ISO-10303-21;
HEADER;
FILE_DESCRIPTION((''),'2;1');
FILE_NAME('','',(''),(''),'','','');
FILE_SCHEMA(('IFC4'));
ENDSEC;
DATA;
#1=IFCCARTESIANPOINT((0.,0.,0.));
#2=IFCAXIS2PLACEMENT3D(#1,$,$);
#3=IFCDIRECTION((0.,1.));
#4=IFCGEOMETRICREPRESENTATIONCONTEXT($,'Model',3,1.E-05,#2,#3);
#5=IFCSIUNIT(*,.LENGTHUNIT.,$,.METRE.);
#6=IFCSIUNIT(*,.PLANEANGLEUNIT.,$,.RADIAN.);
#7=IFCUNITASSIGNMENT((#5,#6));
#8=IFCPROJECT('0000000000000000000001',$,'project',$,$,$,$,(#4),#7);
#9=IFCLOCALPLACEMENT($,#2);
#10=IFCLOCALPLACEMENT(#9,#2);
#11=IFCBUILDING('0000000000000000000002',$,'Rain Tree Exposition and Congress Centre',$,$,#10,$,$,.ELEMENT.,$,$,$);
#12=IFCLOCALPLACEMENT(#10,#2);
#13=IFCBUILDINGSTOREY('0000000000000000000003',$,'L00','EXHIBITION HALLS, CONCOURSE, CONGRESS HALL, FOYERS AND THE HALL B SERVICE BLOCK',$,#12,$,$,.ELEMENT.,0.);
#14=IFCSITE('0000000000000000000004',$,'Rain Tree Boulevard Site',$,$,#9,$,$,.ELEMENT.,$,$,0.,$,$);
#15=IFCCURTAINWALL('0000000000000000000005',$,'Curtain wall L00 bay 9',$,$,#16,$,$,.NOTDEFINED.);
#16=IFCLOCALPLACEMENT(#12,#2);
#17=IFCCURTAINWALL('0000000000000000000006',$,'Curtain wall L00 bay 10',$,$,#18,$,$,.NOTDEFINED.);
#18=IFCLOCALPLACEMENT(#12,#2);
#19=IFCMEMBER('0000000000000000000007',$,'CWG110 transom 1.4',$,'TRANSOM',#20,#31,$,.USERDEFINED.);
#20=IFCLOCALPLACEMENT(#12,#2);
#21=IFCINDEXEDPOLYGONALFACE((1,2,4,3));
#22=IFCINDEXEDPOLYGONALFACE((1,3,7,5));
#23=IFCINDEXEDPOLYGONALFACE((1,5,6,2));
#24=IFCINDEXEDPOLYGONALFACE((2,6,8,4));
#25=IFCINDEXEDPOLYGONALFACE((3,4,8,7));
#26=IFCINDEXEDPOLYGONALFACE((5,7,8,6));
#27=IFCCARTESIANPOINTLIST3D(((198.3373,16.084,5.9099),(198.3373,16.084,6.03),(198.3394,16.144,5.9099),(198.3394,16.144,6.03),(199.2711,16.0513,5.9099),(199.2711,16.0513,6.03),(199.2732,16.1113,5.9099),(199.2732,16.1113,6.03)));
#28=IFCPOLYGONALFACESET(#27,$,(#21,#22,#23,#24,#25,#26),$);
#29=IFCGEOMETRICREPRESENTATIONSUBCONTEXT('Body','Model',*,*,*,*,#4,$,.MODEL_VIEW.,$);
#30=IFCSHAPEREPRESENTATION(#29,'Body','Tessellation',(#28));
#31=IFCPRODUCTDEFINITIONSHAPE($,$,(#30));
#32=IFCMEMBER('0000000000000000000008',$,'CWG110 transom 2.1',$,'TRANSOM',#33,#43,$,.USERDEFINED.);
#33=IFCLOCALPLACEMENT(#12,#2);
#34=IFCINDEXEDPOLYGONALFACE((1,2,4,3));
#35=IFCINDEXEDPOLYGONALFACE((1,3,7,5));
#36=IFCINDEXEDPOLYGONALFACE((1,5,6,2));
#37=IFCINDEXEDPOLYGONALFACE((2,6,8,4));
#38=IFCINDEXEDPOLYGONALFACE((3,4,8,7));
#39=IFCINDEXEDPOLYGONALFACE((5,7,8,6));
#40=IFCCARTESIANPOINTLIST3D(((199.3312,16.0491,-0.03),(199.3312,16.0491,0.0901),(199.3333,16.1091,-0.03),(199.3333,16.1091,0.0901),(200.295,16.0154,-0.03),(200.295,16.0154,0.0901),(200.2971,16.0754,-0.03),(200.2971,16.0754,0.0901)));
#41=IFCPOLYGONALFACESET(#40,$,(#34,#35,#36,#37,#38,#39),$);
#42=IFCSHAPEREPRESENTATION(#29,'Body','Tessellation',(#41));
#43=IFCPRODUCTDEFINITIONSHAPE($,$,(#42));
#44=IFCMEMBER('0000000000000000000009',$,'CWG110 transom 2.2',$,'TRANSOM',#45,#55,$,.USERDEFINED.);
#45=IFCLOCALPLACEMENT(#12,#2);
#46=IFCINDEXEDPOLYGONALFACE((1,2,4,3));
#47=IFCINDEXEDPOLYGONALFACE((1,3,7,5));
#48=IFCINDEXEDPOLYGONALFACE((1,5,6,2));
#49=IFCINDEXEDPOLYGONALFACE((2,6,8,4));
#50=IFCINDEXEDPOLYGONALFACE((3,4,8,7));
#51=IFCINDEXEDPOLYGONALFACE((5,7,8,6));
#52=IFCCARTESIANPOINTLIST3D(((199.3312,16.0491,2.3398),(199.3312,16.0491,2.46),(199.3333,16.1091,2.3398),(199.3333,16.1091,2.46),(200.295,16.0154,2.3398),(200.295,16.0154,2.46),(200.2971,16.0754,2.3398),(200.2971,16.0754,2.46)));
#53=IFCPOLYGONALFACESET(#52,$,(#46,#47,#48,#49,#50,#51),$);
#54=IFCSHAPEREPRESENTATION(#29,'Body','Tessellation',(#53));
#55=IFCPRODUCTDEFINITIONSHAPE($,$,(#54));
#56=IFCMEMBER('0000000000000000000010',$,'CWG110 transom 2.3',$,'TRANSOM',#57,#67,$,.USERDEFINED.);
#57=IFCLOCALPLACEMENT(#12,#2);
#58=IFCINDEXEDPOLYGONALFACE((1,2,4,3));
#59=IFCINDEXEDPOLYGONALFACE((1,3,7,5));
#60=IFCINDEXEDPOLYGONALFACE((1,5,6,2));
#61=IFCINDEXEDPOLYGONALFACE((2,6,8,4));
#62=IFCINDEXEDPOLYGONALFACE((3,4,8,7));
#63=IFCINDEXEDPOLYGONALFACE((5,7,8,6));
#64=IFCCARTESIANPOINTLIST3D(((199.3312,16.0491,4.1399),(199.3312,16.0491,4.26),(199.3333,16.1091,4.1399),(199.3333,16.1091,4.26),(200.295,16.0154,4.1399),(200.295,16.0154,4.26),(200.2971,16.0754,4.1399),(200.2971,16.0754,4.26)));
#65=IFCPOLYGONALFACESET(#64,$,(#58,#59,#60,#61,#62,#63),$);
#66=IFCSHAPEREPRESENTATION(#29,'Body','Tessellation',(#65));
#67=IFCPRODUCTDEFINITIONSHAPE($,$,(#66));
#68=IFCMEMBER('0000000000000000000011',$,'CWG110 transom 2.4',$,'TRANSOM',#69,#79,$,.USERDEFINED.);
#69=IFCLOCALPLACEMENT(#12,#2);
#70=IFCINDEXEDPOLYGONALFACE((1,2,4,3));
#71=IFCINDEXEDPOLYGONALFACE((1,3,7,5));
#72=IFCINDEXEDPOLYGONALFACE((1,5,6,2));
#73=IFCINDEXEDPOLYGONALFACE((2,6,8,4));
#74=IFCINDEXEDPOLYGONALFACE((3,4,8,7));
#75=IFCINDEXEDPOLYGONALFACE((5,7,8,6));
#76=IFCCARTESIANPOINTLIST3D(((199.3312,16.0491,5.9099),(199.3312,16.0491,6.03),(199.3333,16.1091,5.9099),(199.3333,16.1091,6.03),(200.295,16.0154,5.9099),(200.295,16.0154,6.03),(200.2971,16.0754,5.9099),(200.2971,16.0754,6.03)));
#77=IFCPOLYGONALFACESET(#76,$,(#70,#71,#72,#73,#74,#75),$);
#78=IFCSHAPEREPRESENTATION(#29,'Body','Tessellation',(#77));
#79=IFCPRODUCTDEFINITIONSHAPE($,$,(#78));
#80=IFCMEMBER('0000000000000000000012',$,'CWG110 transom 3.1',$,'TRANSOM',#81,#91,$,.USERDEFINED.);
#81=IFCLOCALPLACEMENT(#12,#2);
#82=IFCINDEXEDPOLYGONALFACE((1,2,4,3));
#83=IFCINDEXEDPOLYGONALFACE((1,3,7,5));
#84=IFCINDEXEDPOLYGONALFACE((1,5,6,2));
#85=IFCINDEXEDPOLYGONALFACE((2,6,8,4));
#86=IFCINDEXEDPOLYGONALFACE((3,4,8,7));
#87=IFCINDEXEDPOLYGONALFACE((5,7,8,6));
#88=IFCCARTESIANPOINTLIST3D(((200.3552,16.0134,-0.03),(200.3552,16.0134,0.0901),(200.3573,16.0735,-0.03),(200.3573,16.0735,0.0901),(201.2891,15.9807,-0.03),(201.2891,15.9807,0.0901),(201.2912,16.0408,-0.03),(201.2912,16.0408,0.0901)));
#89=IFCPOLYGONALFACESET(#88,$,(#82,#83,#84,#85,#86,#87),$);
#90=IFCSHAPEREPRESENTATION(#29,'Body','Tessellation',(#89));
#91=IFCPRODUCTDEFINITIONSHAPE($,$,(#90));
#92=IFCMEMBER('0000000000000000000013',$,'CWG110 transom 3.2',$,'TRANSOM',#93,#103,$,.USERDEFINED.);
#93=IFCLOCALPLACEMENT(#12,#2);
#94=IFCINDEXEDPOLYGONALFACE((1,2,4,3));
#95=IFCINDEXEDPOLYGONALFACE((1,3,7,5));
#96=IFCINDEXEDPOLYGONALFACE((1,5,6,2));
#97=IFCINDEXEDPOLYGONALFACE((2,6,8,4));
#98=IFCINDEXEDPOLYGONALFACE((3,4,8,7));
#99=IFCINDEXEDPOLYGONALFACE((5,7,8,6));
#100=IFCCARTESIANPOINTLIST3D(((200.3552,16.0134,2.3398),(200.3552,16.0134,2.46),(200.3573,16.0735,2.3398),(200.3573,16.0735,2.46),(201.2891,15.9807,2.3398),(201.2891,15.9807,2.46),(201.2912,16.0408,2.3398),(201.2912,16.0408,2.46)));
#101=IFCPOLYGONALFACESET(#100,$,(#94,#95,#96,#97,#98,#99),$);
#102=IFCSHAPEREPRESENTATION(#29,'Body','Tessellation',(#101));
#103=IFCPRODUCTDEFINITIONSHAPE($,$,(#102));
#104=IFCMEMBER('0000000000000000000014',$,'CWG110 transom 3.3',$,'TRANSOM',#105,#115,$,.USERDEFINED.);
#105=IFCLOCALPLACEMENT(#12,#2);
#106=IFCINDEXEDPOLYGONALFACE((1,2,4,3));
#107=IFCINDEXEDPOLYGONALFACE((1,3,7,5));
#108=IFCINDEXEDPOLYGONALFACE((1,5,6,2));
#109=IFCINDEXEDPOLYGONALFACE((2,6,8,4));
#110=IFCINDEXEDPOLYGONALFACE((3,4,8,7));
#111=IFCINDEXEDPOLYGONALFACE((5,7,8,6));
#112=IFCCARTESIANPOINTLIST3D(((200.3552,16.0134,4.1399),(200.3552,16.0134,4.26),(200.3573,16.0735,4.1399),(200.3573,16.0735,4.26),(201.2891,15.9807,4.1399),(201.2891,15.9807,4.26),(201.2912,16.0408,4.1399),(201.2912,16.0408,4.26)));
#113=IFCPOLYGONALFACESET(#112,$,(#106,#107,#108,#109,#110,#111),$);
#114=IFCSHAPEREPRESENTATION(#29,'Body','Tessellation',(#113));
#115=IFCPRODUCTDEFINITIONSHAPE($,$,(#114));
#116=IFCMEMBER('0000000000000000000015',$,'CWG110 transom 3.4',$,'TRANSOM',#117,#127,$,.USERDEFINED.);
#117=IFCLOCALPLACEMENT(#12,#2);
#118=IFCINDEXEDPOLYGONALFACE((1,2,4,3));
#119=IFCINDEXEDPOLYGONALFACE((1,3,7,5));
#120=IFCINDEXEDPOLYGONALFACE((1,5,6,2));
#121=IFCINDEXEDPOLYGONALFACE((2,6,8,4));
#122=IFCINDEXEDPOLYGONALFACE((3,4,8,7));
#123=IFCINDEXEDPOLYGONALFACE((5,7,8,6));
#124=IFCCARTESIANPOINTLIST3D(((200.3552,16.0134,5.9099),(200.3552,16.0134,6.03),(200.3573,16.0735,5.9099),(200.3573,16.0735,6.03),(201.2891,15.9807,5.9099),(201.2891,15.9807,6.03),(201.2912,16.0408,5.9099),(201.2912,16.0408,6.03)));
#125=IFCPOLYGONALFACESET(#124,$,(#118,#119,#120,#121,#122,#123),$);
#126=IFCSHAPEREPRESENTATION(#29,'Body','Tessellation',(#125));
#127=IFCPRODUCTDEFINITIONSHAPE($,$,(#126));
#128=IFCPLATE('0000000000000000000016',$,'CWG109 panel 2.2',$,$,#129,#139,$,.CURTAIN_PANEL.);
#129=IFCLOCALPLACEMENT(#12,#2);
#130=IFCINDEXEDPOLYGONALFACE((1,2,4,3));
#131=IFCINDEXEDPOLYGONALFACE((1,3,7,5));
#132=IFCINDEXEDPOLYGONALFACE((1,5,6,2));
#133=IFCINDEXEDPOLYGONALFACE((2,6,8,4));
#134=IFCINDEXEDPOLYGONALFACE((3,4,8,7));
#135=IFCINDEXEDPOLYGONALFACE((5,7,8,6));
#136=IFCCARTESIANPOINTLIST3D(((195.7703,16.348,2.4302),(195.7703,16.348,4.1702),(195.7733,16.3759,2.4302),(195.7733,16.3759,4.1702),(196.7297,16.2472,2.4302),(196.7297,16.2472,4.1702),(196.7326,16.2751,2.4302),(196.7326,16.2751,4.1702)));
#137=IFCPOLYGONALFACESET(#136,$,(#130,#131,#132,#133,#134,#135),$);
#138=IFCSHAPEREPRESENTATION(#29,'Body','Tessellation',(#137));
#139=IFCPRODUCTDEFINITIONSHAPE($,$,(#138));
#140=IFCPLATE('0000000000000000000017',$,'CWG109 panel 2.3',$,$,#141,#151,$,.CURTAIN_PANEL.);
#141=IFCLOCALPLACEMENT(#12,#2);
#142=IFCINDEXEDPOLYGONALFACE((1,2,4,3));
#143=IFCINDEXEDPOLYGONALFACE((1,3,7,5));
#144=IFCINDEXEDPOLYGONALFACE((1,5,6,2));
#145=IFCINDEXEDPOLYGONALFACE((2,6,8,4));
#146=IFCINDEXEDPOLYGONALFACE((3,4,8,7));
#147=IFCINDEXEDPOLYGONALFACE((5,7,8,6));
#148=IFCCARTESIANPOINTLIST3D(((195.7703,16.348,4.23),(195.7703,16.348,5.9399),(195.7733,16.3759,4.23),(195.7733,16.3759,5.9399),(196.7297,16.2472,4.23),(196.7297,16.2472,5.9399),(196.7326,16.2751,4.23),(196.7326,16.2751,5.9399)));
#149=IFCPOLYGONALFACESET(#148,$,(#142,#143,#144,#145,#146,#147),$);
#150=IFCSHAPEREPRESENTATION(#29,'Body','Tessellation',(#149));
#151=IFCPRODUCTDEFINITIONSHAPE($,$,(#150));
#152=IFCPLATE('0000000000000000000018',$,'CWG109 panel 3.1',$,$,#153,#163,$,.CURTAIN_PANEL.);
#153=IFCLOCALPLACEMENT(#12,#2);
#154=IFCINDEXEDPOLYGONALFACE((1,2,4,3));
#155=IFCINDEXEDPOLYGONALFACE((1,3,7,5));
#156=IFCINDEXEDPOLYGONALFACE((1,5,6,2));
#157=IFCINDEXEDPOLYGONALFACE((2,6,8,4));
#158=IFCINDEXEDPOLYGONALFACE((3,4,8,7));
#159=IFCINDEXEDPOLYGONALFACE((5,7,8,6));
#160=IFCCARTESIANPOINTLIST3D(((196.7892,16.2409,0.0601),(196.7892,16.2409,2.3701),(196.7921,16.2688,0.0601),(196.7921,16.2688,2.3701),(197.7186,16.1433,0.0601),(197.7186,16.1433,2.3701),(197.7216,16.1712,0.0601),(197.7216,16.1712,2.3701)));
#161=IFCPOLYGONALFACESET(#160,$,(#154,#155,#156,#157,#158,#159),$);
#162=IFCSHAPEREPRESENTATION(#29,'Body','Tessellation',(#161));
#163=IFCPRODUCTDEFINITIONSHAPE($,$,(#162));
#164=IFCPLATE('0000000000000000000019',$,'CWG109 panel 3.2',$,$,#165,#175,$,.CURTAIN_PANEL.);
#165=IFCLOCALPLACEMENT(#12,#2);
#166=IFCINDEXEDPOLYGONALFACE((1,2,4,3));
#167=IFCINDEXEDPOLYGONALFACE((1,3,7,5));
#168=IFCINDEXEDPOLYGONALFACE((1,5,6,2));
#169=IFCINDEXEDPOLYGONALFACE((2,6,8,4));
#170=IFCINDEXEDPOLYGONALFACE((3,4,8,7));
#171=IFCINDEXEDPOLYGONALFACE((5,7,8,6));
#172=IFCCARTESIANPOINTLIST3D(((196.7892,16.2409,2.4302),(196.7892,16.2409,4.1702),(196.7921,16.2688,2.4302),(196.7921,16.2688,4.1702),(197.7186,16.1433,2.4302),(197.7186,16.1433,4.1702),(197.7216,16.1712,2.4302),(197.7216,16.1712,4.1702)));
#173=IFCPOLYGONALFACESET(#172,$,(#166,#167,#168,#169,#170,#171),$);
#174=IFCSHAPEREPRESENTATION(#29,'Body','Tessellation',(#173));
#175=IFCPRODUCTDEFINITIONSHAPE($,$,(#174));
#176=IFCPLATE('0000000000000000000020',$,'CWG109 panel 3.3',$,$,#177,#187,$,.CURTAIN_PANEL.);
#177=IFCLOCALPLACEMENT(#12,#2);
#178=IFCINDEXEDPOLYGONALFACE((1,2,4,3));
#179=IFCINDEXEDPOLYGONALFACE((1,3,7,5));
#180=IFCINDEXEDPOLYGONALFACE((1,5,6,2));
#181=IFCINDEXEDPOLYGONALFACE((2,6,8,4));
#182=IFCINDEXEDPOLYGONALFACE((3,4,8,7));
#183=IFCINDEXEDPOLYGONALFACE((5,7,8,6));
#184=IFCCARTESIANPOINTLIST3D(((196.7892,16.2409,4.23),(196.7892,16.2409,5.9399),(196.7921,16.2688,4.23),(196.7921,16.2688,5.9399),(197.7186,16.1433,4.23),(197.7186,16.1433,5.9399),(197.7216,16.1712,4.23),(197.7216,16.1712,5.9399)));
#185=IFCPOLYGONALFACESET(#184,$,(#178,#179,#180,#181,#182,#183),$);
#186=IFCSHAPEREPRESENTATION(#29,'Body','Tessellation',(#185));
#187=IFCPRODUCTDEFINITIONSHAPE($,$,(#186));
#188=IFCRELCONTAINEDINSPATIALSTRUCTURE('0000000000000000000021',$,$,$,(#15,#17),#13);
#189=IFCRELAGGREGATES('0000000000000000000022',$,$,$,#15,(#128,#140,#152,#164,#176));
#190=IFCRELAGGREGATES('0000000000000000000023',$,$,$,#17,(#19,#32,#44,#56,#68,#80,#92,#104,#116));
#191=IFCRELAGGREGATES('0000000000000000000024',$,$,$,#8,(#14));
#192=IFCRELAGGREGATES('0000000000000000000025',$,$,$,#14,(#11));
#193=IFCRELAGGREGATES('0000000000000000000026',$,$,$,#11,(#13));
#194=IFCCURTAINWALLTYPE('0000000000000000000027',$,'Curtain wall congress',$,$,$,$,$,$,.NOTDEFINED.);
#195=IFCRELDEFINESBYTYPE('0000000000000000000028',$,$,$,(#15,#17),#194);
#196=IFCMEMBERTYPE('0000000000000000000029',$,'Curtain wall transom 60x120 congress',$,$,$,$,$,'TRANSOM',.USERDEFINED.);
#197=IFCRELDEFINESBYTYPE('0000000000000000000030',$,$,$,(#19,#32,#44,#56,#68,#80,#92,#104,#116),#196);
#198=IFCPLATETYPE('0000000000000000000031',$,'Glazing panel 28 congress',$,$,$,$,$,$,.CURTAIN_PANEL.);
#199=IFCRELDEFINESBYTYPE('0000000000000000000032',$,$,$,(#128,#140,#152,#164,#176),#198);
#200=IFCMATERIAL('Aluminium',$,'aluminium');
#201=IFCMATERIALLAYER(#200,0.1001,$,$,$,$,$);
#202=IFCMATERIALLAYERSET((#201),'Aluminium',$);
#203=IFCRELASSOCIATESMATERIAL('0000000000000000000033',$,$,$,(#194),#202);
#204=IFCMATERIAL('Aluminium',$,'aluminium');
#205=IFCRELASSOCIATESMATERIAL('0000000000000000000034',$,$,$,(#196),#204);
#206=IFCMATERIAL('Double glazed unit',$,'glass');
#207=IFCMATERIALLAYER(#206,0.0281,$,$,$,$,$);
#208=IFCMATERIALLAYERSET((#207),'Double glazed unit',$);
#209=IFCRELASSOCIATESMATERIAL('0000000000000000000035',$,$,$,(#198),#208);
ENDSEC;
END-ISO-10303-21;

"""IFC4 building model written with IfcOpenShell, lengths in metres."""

from ifc_helpers import new_model, si_unit, direction, frame, origin, origin_2d, place, context, subcontext, project, spatial, rectangle, extrude, material, layer, layer_set, material_profile, profile_set, type_object, element, aggregate, save


model = new_model("IFC4")

# Units and contexts
model_context = context("Model", 3, precision=1e-05, world=origin(), true_north=direction((0.0, 1.0)))
body_context = subcontext(model_context, "Body", "Model", "MODEL_VIEW")
ifc_project = project(units=[si_unit("LENGTHUNIT", "METRE"), si_unit("PLANEANGLEUNIT", "RADIAN")], contexts=[model_context])

# Site, building, storey
site_placement = place(None, origin())
site = spatial("IfcSite", under=ifc_project, at=site_placement, Name="Rain Tree Boulevard Site", CompositionType="ELEMENT", RefElevation=0.0)
building_placement = place(site_placement, origin())
building = spatial("IfcBuilding", under=site, at=building_placement, Name="Rain Tree Exposition and Congress Centre", CompositionType="ELEMENT")
storey_placement = place(building_placement, origin())
storey = spatial("IfcBuildingStorey", under=building, at=storey_placement, Name="L00", Description="EXHIBITION HALLS, CONCOURSE, CONGRESS HALL, FOYERS AND THE HALL B SERVICE BLOCK", CompositionType="ELEMENT", Elevation=0.0)

# Curtain walls
ifc_material_1 = material(Name="Aluminium", Category="aluminium")
ifc_layer_1 = layer(ifc_material_1, 0.1001)
ifc_layer_set_1 = layer_set([ifc_layer_1], Name="Aluminium")
curtain_wall_type = type_object("IfcCurtainWallType", Name="Curtain wall congress", PredefinedType="NOTDEFINED", material=ifc_layer_set_1)
curtain_wall_1_placement = place(storey_placement, origin())
curtain_wall_1 = element("IfcCurtainWall", 1, at=curtain_wall_1_placement, inside=storey, type_object=curtain_wall_type, Name="Curtain wall L00 bay 9", PredefinedType="NOTDEFINED")
curtain_wall_2_placement = place(storey_placement, origin())
curtain_wall_2 = element("IfcCurtainWall", 2, at=curtain_wall_2_placement, inside=storey, type_object=curtain_wall_type, Name="Curtain wall L00 bay 10", PredefinedType="NOTDEFINED")

# Members
ifc_material_2 = material(Name="Aluminium", Category="aluminium")
ifc_material_profile_1 = material_profile(ifc_material_2, rectangle(XDim=0.0601, YDim=0.1201, at=origin_2d()), Name="AL 60x120")
ifc_profile_set_1 = profile_set([ifc_material_profile_1], Name="Aluminium")
member_type_1 = type_object("IfcMemberType", Name="Curtain wall transom 60x120 congress", ElementType="TRANSOM", PredefinedType="USERDEFINED", material=ifc_profile_set_1)
member_1_placement = place(storey_placement, frame((198.3384, 16.114, 5.97), z_axis=(0.999387, -0.035011, 0.0), x_axis=(0.035011, 0.999387, 0.0)))
member_1 = element("IfcMember", 3, at=member_1_placement, type_object=member_type_1, Name="CWG110 transom 1.4", ObjectType="TRANSOM", PredefinedType="USERDEFINED", context=body_context, shape_type="SweptSolid", body=[
    extrude(rectangle(XDim=0.0601, YDim=0.1201, at=origin_2d()), origin(), (0.0, 0.0, 1.0), 0.9343),
])
member_2_placement = place(storey_placement, frame((199.3323, 16.0791, 0.03), z_axis=(0.99939, -0.034933, 0.0), x_axis=(0.034933, 0.99939, 0.0)))
member_2 = element("IfcMember", 4, at=member_2_placement, type_object=member_type_1, Name="CWG110 transom 2.1", ObjectType="TRANSOM", PredefinedType="USERDEFINED", context=body_context, shape_type="SweptSolid", body=[
    extrude(rectangle(XDim=0.0601, YDim=0.1201, at=origin_2d()), origin(), (0.0, 0.0, 1.0), 0.9644),
])
member_3_placement = place(storey_placement, frame((199.3323, 16.0791, 2.3999), z_axis=(0.99939, -0.034933, 0.0), x_axis=(0.034933, 0.99939, 0.0)))
member_3 = element("IfcMember", 5, at=member_3_placement, type_object=member_type_1, Name="CWG110 transom 2.2", ObjectType="TRANSOM", PredefinedType="USERDEFINED", context=body_context, shape_type="SweptSolid", body=[
    extrude(rectangle(XDim=0.0601, YDim=0.1201, at=origin_2d()), origin(), (0.0, 0.0, 1.0), 0.9644),
])
member_4_placement = place(storey_placement, frame((199.3323, 16.0791, 4.2), z_axis=(0.99939, -0.034933, 0.0), x_axis=(0.034933, 0.99939, 0.0)))
member_4 = element("IfcMember", 6, at=member_4_placement, type_object=member_type_1, Name="CWG110 transom 2.3", ObjectType="TRANSOM", PredefinedType="USERDEFINED", context=body_context, shape_type="SweptSolid", body=[
    extrude(rectangle(XDim=0.0601, YDim=0.1201, at=origin_2d()), origin(), (0.0, 0.0, 1.0), 0.9644),
])
member_5_placement = place(storey_placement, frame((199.3323, 16.0791, 5.97), z_axis=(0.99939, -0.034933, 0.0), x_axis=(0.034933, 0.99939, 0.0)))
member_5 = element("IfcMember", 7, at=member_5_placement, type_object=member_type_1, Name="CWG110 transom 2.4", ObjectType="TRANSOM", PredefinedType="USERDEFINED", context=body_context, shape_type="SweptSolid", body=[
    extrude(rectangle(XDim=0.0601, YDim=0.1201, at=origin_2d()), origin(), (0.0, 0.0, 1.0), 0.9644),
])
member_6_placement = place(storey_placement, frame((200.3562, 16.0435, 0.03), z_axis=(0.999387, -0.035002, 0.0), x_axis=(0.035002, 0.999387, 0.0)))
member_6 = element("IfcMember", 8, at=member_6_placement, type_object=member_type_1, Name="CWG110 transom 3.1", ObjectType="TRANSOM", PredefinedType="USERDEFINED", context=body_context, shape_type="SweptSolid", body=[
    extrude(rectangle(XDim=0.0601, YDim=0.1201, at=origin_2d()), origin(), (0.0, 0.0, 1.0), 0.9346),
])
member_7_placement = place(storey_placement, frame((200.3562, 16.0435, 2.3999), z_axis=(0.999387, -0.035002, 0.0), x_axis=(0.035002, 0.999387, 0.0)))
member_7 = element("IfcMember", 9, at=member_7_placement, type_object=member_type_1, Name="CWG110 transom 3.2", ObjectType="TRANSOM", PredefinedType="USERDEFINED", context=body_context, shape_type="SweptSolid", body=[
    extrude(rectangle(XDim=0.0601, YDim=0.1201, at=origin_2d()), origin(), (0.0, 0.0, 1.0), 0.9346),
])
member_8_placement = place(storey_placement, frame((200.3562, 16.0435, 4.2), z_axis=(0.999387, -0.035002, 0.0), x_axis=(0.035002, 0.999387, 0.0)))
member_8 = element("IfcMember", 10, at=member_8_placement, type_object=member_type_1, Name="CWG110 transom 3.3", ObjectType="TRANSOM", PredefinedType="USERDEFINED", context=body_context, shape_type="SweptSolid", body=[
    extrude(rectangle(XDim=0.0601, YDim=0.1201, at=origin_2d()), origin(), (0.0, 0.0, 1.0), 0.9346),
])
member_9_placement = place(storey_placement, frame((200.3562, 16.0435, 5.97), z_axis=(0.999387, -0.035002, 0.0), x_axis=(0.035002, 0.999387, 0.0)))
member_9 = element("IfcMember", 11, at=member_9_placement, type_object=member_type_1, Name="CWG110 transom 3.4", ObjectType="TRANSOM", PredefinedType="USERDEFINED", context=body_context, shape_type="SweptSolid", body=[
    extrude(rectangle(XDim=0.0601, YDim=0.1201, at=origin_2d()), origin(), (0.0, 0.0, 1.0), 0.9346),
])

# Plates
ifc_material_3 = material(Name="Double glazed unit", Category="glass")
ifc_layer_2 = layer(ifc_material_3, 0.0281)
ifc_layer_set_2 = layer_set([ifc_layer_2], Name="Double glazed unit")
plate_type = type_object("IfcPlateType", Name="Glazing panel 28 congress", PredefinedType="CURTAIN_PANEL", material=ifc_layer_set_2)
plate_1_placement = place(storey_placement, frame((196.2515, 16.3115, 2.4302), z_axis=(0.0, 0.0, 1.0), x_axis=(0.994525, -0.104502, 0.0)))
plate_1 = element("IfcPlate", 12, at=plate_1_placement, type_object=plate_type, Name="CWG109 panel 2.2", PredefinedType="CURTAIN_PANEL", context=body_context, shape_type="SweptSolid", body=[
    extrude(rectangle(XDim=0.9646, YDim=0.0281, at=origin_2d()), origin(), (0.0, 0.0, 1.0), 1.74),
])
plate_2_placement = place(storey_placement, frame((196.2515, 16.3115, 4.23), z_axis=(0.0, 0.0, 1.0), x_axis=(0.994525, -0.104502, 0.0)))
plate_2 = element("IfcPlate", 13, at=plate_2_placement, type_object=plate_type, Name="CWG109 panel 2.3", PredefinedType="CURTAIN_PANEL", context=body_context, shape_type="SweptSolid", body=[
    extrude(rectangle(XDim=0.9646, YDim=0.0281, at=origin_2d()), origin(), (0.0, 0.0, 1.0), 1.71),
])
plate_3_placement = place(storey_placement, frame((197.2554, 16.2061, 0.0601), z_axis=(0.0, 0.0, 1.0), x_axis=(0.994525, -0.104502, 0.0)))
plate_3 = element("IfcPlate", 14, at=plate_3_placement, type_object=plate_type, Name="CWG109 panel 3.1", PredefinedType="CURTAIN_PANEL", context=body_context, shape_type="SweptSolid", body=[
    extrude(rectangle(XDim=0.9346, YDim=0.0281, at=origin_2d()), origin(), (0.0, 0.0, 1.0), 2.3101),
])
plate_4_placement = place(storey_placement, frame((197.2554, 16.2061, 2.4302), z_axis=(0.0, 0.0, 1.0), x_axis=(0.994525, -0.104502, 0.0)))
plate_4 = element("IfcPlate", 15, at=plate_4_placement, type_object=plate_type, Name="CWG109 panel 3.2", PredefinedType="CURTAIN_PANEL", context=body_context, shape_type="SweptSolid", body=[
    extrude(rectangle(XDim=0.9346, YDim=0.0281, at=origin_2d()), origin(), (0.0, 0.0, 1.0), 1.74),
])
plate_5_placement = place(storey_placement, frame((197.2554, 16.2061, 4.23), z_axis=(0.0, 0.0, 1.0), x_axis=(0.994525, -0.104502, 0.0)))
plate_5 = element("IfcPlate", 16, at=plate_5_placement, type_object=plate_type, Name="CWG109 panel 3.3", PredefinedType="CURTAIN_PANEL", context=body_context, shape_type="SweptSolid", body=[
    extrude(rectangle(XDim=0.9346, YDim=0.0281, at=origin_2d()), origin(), (0.0, 0.0, 1.0), 1.71),
])
aggregate(curtain_wall_1, [plate_1, plate_2, plate_3, plate_4, plate_5])
aggregate(curtain_wall_2, [member_1, member_2, member_3, member_4, member_5, member_6, member_7, member_8, member_9])

save(model, "model.ifc")
